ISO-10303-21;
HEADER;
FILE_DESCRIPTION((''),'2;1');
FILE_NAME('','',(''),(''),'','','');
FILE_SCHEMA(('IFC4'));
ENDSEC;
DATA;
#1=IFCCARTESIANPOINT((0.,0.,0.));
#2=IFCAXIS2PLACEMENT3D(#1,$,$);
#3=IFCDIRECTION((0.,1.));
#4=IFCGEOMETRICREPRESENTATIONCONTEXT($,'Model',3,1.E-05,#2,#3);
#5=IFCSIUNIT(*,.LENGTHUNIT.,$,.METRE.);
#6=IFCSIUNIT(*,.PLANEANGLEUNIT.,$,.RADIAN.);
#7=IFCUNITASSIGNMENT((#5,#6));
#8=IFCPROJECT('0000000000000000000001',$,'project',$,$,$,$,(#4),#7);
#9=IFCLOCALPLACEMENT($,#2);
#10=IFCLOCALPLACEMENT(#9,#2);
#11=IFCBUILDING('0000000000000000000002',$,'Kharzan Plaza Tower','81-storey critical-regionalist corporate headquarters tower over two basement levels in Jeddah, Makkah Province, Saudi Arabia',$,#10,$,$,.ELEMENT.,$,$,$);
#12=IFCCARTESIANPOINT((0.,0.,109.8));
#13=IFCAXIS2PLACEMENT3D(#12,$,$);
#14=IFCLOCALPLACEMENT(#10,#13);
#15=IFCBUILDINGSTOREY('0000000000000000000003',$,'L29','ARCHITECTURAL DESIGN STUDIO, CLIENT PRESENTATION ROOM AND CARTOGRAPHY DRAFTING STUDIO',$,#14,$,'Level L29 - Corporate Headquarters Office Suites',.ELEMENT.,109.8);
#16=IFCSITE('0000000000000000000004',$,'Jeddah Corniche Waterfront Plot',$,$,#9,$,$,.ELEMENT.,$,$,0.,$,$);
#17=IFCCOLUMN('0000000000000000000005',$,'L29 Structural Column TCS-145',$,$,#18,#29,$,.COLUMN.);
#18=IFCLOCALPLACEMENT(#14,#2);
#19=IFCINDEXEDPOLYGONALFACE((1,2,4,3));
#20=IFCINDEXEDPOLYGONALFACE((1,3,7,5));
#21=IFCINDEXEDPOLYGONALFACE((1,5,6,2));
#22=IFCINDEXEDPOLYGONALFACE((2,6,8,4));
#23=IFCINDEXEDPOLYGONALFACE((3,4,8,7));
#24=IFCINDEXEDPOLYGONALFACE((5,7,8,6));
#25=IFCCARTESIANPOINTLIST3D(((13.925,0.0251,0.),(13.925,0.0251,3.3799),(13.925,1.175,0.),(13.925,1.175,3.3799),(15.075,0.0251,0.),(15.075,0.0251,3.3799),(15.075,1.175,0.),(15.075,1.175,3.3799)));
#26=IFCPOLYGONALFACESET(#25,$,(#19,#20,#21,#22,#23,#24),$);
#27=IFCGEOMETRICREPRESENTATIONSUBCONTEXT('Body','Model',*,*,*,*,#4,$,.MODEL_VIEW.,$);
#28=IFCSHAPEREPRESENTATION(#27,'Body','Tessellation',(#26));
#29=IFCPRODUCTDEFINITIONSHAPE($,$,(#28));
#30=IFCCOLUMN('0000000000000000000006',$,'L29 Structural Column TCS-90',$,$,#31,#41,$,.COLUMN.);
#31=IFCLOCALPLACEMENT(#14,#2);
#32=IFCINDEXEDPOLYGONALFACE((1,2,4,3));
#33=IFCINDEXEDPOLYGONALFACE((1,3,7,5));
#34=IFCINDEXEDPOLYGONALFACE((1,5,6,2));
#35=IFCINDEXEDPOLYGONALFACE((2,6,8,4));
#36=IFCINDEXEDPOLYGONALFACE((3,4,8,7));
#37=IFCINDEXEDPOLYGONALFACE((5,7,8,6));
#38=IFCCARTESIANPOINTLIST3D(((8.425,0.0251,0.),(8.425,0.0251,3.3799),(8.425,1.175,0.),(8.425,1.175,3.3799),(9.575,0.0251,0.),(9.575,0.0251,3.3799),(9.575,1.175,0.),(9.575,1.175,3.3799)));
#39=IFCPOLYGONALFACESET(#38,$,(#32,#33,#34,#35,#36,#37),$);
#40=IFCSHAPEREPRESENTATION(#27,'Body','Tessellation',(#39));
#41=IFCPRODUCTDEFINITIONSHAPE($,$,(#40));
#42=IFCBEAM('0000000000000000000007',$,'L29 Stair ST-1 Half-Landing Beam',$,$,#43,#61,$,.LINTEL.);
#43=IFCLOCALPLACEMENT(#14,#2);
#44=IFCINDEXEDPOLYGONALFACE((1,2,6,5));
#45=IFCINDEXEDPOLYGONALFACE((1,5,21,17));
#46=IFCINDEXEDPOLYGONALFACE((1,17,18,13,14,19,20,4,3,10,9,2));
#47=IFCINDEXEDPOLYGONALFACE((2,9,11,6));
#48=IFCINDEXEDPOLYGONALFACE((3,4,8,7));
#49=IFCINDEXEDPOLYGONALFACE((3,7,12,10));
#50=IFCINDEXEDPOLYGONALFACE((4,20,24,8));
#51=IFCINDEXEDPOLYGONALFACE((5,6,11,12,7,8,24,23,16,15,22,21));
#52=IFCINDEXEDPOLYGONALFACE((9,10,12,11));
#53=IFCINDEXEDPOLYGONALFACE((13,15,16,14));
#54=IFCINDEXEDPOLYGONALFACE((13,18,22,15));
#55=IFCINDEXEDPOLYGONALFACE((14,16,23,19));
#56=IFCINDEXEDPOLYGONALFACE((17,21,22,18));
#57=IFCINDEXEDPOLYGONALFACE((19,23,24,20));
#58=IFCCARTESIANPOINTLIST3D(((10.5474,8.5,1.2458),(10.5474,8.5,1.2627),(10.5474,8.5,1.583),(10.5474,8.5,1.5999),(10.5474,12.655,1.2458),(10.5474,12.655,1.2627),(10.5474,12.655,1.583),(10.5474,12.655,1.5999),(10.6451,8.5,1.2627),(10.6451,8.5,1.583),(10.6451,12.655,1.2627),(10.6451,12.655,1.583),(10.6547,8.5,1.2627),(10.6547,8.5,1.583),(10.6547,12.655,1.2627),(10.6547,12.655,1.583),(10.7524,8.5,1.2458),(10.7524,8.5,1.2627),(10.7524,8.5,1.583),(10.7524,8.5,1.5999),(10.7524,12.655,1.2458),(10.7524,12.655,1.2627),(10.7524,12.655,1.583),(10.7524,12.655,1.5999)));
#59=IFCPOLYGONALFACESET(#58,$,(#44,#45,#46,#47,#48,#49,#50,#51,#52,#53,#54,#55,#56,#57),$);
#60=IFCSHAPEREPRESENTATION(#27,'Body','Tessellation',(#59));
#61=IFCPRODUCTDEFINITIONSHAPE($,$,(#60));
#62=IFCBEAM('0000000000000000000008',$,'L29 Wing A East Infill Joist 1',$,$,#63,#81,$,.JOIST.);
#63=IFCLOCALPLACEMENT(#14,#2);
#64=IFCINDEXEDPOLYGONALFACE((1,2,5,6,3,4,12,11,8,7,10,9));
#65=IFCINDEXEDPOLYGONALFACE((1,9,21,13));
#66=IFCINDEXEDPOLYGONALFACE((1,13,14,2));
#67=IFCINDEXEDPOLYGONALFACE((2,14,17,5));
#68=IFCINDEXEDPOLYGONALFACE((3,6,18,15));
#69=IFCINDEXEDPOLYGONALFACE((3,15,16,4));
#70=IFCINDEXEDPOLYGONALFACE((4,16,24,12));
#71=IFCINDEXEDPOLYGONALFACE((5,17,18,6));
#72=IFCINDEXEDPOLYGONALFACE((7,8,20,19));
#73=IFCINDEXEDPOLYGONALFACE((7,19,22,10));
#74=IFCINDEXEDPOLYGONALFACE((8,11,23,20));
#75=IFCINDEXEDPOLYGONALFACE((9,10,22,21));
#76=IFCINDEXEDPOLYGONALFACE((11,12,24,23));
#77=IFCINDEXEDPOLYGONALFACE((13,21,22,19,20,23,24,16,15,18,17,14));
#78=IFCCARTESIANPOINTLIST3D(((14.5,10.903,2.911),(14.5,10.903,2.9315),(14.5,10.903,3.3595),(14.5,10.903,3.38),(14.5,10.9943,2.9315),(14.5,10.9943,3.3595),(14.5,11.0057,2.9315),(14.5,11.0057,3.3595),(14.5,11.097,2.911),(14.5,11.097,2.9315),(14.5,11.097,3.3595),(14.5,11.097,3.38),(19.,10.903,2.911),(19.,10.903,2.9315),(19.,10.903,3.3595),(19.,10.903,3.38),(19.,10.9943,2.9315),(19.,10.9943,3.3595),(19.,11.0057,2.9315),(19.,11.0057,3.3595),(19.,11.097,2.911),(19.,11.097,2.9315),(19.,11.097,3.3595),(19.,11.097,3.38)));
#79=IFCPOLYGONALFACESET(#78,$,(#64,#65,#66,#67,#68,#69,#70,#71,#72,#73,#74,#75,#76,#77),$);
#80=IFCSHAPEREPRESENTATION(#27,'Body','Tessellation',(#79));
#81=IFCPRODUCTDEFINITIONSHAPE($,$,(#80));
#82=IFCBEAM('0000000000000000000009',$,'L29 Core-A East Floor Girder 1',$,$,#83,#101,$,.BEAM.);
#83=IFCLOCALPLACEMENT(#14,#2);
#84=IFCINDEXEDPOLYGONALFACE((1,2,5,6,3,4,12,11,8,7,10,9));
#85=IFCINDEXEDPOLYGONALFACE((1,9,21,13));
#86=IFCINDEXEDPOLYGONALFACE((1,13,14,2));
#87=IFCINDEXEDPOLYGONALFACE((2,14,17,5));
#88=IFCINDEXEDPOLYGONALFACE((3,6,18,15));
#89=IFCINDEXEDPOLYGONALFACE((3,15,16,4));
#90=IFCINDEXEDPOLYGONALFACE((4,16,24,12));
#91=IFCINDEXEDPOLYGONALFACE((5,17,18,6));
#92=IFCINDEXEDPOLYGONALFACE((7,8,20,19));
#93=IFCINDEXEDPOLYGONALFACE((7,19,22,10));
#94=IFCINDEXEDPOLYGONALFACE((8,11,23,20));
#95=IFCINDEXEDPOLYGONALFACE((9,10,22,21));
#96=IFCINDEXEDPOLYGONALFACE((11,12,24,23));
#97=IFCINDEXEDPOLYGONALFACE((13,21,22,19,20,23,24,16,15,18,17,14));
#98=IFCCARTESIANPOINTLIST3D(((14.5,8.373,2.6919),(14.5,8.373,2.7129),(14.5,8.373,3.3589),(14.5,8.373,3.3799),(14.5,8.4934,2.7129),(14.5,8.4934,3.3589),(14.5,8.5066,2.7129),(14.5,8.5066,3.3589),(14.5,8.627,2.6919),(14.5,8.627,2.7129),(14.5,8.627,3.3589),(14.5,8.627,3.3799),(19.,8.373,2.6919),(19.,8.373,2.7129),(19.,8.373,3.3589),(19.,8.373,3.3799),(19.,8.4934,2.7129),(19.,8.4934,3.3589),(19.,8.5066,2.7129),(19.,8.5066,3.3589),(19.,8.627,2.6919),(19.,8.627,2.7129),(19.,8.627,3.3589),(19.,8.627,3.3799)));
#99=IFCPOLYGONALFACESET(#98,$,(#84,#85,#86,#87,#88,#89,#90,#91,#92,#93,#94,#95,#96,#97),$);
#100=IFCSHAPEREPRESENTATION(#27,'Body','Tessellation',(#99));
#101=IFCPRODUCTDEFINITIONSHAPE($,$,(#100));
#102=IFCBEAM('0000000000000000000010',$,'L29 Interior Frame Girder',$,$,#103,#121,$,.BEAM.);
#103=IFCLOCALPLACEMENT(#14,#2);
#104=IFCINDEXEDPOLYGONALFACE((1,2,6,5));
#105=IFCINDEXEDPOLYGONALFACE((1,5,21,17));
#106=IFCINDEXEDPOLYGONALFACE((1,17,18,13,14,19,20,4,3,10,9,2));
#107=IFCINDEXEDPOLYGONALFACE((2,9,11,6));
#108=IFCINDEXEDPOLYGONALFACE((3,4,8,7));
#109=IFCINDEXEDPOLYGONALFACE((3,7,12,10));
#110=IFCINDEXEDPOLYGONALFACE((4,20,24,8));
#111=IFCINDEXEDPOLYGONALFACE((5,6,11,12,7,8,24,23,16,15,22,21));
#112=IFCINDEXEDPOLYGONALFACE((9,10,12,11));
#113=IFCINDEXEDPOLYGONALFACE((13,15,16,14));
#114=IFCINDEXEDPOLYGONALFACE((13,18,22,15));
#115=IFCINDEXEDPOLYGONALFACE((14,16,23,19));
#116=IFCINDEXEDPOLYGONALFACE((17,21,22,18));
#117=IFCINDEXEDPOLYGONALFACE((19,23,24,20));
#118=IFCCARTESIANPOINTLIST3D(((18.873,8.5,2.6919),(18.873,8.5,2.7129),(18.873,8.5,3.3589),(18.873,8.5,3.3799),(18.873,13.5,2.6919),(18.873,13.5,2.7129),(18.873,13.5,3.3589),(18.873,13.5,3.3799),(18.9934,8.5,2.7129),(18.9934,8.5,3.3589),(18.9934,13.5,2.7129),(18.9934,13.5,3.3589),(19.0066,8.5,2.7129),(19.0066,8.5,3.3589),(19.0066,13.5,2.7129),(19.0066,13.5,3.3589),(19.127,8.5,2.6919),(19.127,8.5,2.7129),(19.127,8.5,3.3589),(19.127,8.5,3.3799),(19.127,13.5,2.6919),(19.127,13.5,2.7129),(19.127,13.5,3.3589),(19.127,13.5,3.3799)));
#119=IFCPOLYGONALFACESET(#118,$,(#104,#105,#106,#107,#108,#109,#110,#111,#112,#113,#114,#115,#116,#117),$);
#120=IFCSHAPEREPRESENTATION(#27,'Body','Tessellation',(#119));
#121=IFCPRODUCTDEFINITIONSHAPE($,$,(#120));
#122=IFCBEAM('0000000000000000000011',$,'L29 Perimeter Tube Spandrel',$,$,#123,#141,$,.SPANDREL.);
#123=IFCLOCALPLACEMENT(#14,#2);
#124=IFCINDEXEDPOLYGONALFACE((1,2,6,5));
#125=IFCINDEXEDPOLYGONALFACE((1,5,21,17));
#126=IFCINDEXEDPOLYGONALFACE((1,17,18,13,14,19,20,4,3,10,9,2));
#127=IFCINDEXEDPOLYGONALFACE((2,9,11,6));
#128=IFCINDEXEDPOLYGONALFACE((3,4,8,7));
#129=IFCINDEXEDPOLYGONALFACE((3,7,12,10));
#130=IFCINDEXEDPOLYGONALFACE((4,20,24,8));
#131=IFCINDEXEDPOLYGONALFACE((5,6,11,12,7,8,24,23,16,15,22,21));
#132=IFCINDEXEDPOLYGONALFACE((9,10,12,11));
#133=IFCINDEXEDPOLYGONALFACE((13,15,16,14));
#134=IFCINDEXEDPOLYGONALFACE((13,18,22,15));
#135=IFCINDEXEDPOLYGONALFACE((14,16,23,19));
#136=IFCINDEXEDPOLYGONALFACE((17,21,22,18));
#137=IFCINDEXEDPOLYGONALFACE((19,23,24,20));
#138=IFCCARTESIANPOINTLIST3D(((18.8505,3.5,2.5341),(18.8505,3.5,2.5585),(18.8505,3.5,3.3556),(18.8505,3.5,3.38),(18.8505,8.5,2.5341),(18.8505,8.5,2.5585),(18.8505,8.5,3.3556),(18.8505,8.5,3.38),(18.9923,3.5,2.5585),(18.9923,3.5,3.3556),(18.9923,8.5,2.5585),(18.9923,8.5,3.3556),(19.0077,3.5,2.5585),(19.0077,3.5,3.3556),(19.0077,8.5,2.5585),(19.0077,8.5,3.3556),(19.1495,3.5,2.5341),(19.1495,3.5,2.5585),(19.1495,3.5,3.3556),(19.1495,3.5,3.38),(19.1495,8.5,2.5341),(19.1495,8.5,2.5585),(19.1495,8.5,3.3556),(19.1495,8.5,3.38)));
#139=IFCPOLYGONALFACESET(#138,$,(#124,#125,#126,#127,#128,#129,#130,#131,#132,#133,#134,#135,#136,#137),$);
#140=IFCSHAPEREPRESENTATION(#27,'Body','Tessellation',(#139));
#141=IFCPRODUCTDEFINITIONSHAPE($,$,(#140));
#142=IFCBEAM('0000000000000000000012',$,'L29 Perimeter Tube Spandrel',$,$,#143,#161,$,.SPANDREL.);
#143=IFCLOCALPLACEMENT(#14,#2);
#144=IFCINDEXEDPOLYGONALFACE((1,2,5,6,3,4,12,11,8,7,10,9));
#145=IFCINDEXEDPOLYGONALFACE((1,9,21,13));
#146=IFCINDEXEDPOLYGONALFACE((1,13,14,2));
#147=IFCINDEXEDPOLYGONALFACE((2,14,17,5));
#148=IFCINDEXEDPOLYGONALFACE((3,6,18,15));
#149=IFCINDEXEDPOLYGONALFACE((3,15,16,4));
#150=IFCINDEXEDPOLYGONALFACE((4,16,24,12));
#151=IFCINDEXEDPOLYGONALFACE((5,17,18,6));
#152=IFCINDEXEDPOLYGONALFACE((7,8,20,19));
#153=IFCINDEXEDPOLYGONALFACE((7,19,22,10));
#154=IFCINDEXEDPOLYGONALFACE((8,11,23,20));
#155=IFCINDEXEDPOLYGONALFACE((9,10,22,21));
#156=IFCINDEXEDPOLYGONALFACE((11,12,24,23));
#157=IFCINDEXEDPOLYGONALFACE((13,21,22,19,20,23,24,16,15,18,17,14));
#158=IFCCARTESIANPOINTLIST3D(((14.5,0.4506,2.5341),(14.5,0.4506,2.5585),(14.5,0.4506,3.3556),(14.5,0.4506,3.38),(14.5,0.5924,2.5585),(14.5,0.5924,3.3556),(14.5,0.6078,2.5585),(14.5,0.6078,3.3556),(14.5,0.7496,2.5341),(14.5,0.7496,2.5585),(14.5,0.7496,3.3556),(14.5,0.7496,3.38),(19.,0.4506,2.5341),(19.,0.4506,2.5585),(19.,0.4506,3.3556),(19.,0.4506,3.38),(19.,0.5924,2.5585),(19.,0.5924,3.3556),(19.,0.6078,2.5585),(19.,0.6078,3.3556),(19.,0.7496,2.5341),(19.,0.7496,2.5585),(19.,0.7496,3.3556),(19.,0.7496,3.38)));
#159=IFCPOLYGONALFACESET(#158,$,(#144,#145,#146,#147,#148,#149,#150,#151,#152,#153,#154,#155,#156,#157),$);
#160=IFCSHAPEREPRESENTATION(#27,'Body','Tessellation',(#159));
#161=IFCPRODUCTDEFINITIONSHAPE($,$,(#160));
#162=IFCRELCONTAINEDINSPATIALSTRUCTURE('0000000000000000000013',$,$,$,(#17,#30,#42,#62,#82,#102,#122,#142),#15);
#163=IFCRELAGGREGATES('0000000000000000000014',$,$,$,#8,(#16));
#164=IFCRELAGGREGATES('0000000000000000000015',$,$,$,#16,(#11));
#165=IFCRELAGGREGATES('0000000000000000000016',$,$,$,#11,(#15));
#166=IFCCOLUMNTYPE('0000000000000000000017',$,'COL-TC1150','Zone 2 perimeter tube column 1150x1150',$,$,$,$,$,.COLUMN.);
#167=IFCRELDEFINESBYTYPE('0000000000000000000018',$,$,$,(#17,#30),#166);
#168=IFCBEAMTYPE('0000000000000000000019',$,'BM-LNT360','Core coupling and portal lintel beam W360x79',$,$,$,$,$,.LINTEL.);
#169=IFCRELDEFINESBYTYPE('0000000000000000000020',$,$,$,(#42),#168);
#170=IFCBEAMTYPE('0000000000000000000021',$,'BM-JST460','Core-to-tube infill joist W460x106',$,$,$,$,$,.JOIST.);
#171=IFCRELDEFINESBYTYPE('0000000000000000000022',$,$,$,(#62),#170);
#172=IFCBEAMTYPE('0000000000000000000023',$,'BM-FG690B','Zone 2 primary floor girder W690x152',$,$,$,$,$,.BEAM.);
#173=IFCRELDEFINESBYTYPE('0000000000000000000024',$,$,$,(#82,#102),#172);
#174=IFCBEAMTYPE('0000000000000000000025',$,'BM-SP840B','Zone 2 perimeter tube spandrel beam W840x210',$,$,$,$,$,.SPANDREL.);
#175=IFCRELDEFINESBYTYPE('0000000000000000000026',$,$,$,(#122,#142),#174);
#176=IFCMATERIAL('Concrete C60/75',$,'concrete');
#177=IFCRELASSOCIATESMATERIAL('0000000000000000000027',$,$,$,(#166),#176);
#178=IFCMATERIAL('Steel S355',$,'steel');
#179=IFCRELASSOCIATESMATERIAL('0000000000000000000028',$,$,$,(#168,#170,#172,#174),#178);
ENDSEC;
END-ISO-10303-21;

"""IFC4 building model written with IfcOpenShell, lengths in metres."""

from ifc_helpers import new_model, si_unit, direction, frame, origin, origin_2d, place, context, subcontext, project, spatial, rectangle, i_section, extrude, source, transform, mapped, material, material_profile, profile_set, type_object, element, save


model = new_model("IFC4")

# Units and contexts
model_context = context("Model", 3, precision=1e-05, world=origin(), true_north=direction((0.0, 1.0)))
body_context = subcontext(model_context, "Body", "Model", "MODEL_VIEW")
ifc_project = project(units=[si_unit("LENGTHUNIT", "METRE"), si_unit("PLANEANGLEUNIT", "RADIAN")], contexts=[model_context])

# Site, building, storey
site_placement = place(None, origin())
site = spatial("IfcSite", under=ifc_project, at=site_placement, Name="Jeddah Corniche Waterfront Plot", CompositionType="ELEMENT", RefElevation=0.0)
building_placement = place(site_placement, origin())
building = spatial("IfcBuilding", under=site, at=building_placement, Name="Kharzan Plaza Tower", Description="81-storey critical-regionalist corporate headquarters tower over two basement levels in Jeddah, Makkah Province, Saudi Arabia", CompositionType="ELEMENT")
storey_placement = place(building_placement, frame((0.0, 0.0, 109.8)))
storey = spatial("IfcBuildingStorey", under=building, at=storey_placement, Name="L29", Description="ARCHITECTURAL DESIGN STUDIO, CLIENT PRESENTATION ROOM AND CARTOGRAPHY DRAFTING STUDIO", LongName="Level L29 - Corporate Headquarters Office Suites", CompositionType="ELEMENT", Elevation=109.8)

# Columns
ifc_material_1 = material(Name="Concrete C60/75", Category="concrete")
ifc_material_profile_1 = material_profile(ifc_material_1, rectangle(XDim=1.1499, YDim=1.1499, at=origin_2d()), Name="RC-TC1150x1150")
ifc_profile_set_1 = profile_set([ifc_material_profile_1], Name="Concrete C60/75")
column_type = type_object("IfcColumnType", Name="COL-TC1150", Description="Zone 2 perimeter tube column 1150x1150", PredefinedType="COLUMN", material=ifc_profile_set_1)
shared_shape_1 = source(origin(), body_context, "Body", "SweptSolid", [
    extrude(rectangle(XDim=1.1499, YDim=1.1499, at=origin_2d()), origin(), (0.0, 0.0, 1.0), 3.3799),
])
for number, where, z_axis, x_axis, name in (
    (1, (14.5, 0.6001, 0.0), (0.0, 0.0, 1.0), (1.0, 0.0, 0.0), "L29 Structural Column TCS-145"),
    (2, (9.0, 0.6001, 0.0), (0.0, 0.0, 1.0), (1.0, 0.0, 0.0), "L29 Structural Column TCS-90"),
):
    element("IfcColumn", number, at=place(storey_placement, frame(where, z_axis=z_axis, x_axis=x_axis)), inside=storey, type_object=column_type, Name=name, PredefinedType="COLUMN", context=body_context, shape_type="MappedRepresentation", body=[
        mapped(shared_shape_1, transform((0.0, 0.0, 0.0), x_axis=(1.0, 0.0, 0.0), y_axis=(0.0, 1.0, 0.0), z_axis=(0.0, 0.0, 1.0))),
    ])

# Beams
ifc_material_2 = material(Name="Steel S355", Category="steel")
ifc_material_profile_2 = material_profile(ifc_material_2, i_section(OverallWidth=0.2051, OverallDepth=0.354, WebThickness=0.0095, FlangeThickness=0.0168, at=origin_2d()), Name="W360x79")
ifc_profile_set_2 = profile_set([ifc_material_profile_2], Name="Steel S355")
beam_type_1 = type_object("IfcBeamType", Name="BM-LNT360", Description="Core coupling and portal lintel beam W360x79", PredefinedType="LINTEL", material=ifc_profile_set_2)
shared_shape_2 = source(origin(), body_context, "Body", "SweptSolid", [
    extrude(i_section(OverallWidth=0.2051, OverallDepth=0.354, WebThickness=0.0095, FlangeThickness=0.0168, at=origin_2d()), origin(), (0.0, 0.0, 1.0), 4.155),
])
beam_1_placement = place(storey_placement, frame((10.6499, 8.5, 1.4229), z_axis=(0.0, 1.0, 0.0), x_axis=(-1.0, 0.0, 0.0)))
element("IfcBeam", 3, at=beam_1_placement, inside=storey, type_object=beam_type_1, Name="L29 Stair ST-1 Half-Landing Beam", PredefinedType="LINTEL", context=body_context, shape_type="MappedRepresentation", body=[
    mapped(shared_shape_2, transform((0.0, 0.0, 0.0), x_axis=(1.0, 0.0, 0.0), y_axis=(0.0, 1.0, 0.0), z_axis=(0.0, 0.0, 1.0))),
])
ifc_material_profile_3 = material_profile(ifc_material_2, i_section(OverallWidth=0.1941, OverallDepth=0.469, WebThickness=0.0115, FlangeThickness=0.0205, at=origin_2d()), Name="W460x106")
ifc_profile_set_3 = profile_set([ifc_material_profile_3], Name="Steel S355")
beam_type_2 = type_object("IfcBeamType", Name="BM-JST460", Description="Core-to-tube infill joist W460x106", PredefinedType="JOIST", material=ifc_profile_set_3)
shared_shape_3 = source(origin(), body_context, "Body", "SweptSolid", [
    extrude(i_section(OverallWidth=0.1941, OverallDepth=0.469, WebThickness=0.0115, FlangeThickness=0.0205, at=origin_2d()), origin(), (0.0, 0.0, 1.0), 4.5),
])
beam_2_placement = place(storey_placement, frame((14.5, 11.0, 3.1455), z_axis=(1.0, 0.0, 0.0), x_axis=(0.0, 1.0, 0.0)))
element("IfcBeam", 4, at=beam_2_placement, inside=storey, type_object=beam_type_2, Name="L29 Wing A East Infill Joist 1", PredefinedType="JOIST", context=body_context, shape_type="MappedRepresentation", body=[
    mapped(shared_shape_3, transform((0.0, 0.0, 0.0), x_axis=(1.0, 0.0, 0.0), y_axis=(0.0, 1.0, 0.0), z_axis=(0.0, 0.0, 1.0))),
])
ifc_material_profile_4 = material_profile(ifc_material_2, i_section(OverallWidth=0.2539, OverallDepth=0.688, WebThickness=0.0132, FlangeThickness=0.021, at=origin_2d()), Name="W690x152")
ifc_profile_set_4 = profile_set([ifc_material_profile_4], Name="Steel S355")
beam_type_3 = type_object("IfcBeamType", Name="BM-FG690B", Description="Zone 2 primary floor girder W690x152", PredefinedType="BEAM", material=ifc_profile_set_4)
shared_shape_4 = source(origin(), body_context, "Body", "SweptSolid", [
    extrude(i_section(OverallWidth=0.2539, OverallDepth=0.688, WebThickness=0.0132, FlangeThickness=0.021, at=origin_2d()), origin(), (0.0, 0.0, 1.0), 4.5),
])
beam_3_placement = place(storey_placement, frame((14.5, 8.5, 3.0359), z_axis=(1.0, 0.0, 0.0), x_axis=(0.0, 1.0, 0.0)))
element("IfcBeam", 5, at=beam_3_placement, inside=storey, type_object=beam_type_3, Name="L29 Core-A East Floor Girder 1", PredefinedType="BEAM", context=body_context, shape_type="MappedRepresentation", body=[
    mapped(shared_shape_4, transform((0.0, 0.0, 0.0), x_axis=(1.0, 0.0, 0.0), y_axis=(0.0, 1.0, 0.0), z_axis=(0.0, 0.0, 1.0))),
])
shared_shape_5 = source(origin(), body_context, "Body", "SweptSolid", [
    extrude(i_section(OverallWidth=0.2539, OverallDepth=0.688, WebThickness=0.0132, FlangeThickness=0.021, at=origin_2d()), origin(), (0.0, 0.0, 1.0), 5.0),
])
beam_4_placement = place(storey_placement, frame((19.0, 8.5, 3.0359), z_axis=(0.0, 1.0, 0.0), x_axis=(-1.0, 0.0, 0.0)))
element("IfcBeam", 6, at=beam_4_placement, inside=storey, type_object=beam_type_3, Name="L29 Interior Frame Girder", PredefinedType="BEAM", context=body_context, shape_type="MappedRepresentation", body=[
    mapped(shared_shape_5, transform((0.0, 0.0, 0.0), x_axis=(1.0, 0.0, 0.0), y_axis=(0.0, 1.0, 0.0), z_axis=(0.0, 0.0, 1.0))),
])
ifc_material_profile_5 = material_profile(ifc_material_2, i_section(OverallWidth=0.2991, OverallDepth=0.8459, WebThickness=0.0154, FlangeThickness=0.0244, at=origin_2d()), Name="W840x210")
ifc_profile_set_5 = profile_set([ifc_material_profile_5], Name="Steel S355")
beam_type_4 = type_object("IfcBeamType", Name="BM-SP840B", Description="Zone 2 perimeter tube spandrel beam W840x210", PredefinedType="SPANDREL", material=ifc_profile_set_5)
shared_shape_6 = source(origin(), body_context, "Body", "SweptSolid", [
    extrude(i_section(OverallWidth=0.2991, OverallDepth=0.8459, WebThickness=0.0154, FlangeThickness=0.0244, at=origin_2d()), origin(), (0.0, 0.0, 1.0), 5.0),
])
beam_5_placement = place(storey_placement, frame((19.0, 3.5, 2.957), z_axis=(0.0, 1.0, 0.0), x_axis=(-1.0, 0.0, 0.0)))
element("IfcBeam", 7, at=beam_5_placement, inside=storey, type_object=beam_type_4, Name="L29 Perimeter Tube Spandrel", PredefinedType="SPANDREL", context=body_context, shape_type="MappedRepresentation", body=[
    mapped(shared_shape_6, transform((0.0, 0.0, 0.0), x_axis=(1.0, 0.0, 0.0), y_axis=(0.0, 1.0, 0.0), z_axis=(0.0, 0.0, 1.0))),
])
shared_shape_7 = source(origin(), body_context, "Body", "SweptSolid", [
    extrude(i_section(OverallWidth=0.2991, OverallDepth=0.8459, WebThickness=0.0154, FlangeThickness=0.0244, at=origin_2d()), origin(), (0.0, 0.0, 1.0), 4.5),
])
beam_6_placement = place(storey_placement, frame((14.5, 0.6001, 2.957), z_axis=(1.0, 0.0, 0.0), x_axis=(0.0, 1.0, 0.0)))
element("IfcBeam", 8, at=beam_6_placement, inside=storey, type_object=beam_type_4, Name="L29 Perimeter Tube Spandrel", PredefinedType="SPANDREL", context=body_context, shape_type="MappedRepresentation", body=[
    mapped(shared_shape_7, transform((0.0, 0.0, 0.0), x_axis=(1.0, 0.0, 0.0), y_axis=(0.0, 1.0, 0.0), z_axis=(0.0, 0.0, 1.0))),
])

save(model, "model.ifc")
